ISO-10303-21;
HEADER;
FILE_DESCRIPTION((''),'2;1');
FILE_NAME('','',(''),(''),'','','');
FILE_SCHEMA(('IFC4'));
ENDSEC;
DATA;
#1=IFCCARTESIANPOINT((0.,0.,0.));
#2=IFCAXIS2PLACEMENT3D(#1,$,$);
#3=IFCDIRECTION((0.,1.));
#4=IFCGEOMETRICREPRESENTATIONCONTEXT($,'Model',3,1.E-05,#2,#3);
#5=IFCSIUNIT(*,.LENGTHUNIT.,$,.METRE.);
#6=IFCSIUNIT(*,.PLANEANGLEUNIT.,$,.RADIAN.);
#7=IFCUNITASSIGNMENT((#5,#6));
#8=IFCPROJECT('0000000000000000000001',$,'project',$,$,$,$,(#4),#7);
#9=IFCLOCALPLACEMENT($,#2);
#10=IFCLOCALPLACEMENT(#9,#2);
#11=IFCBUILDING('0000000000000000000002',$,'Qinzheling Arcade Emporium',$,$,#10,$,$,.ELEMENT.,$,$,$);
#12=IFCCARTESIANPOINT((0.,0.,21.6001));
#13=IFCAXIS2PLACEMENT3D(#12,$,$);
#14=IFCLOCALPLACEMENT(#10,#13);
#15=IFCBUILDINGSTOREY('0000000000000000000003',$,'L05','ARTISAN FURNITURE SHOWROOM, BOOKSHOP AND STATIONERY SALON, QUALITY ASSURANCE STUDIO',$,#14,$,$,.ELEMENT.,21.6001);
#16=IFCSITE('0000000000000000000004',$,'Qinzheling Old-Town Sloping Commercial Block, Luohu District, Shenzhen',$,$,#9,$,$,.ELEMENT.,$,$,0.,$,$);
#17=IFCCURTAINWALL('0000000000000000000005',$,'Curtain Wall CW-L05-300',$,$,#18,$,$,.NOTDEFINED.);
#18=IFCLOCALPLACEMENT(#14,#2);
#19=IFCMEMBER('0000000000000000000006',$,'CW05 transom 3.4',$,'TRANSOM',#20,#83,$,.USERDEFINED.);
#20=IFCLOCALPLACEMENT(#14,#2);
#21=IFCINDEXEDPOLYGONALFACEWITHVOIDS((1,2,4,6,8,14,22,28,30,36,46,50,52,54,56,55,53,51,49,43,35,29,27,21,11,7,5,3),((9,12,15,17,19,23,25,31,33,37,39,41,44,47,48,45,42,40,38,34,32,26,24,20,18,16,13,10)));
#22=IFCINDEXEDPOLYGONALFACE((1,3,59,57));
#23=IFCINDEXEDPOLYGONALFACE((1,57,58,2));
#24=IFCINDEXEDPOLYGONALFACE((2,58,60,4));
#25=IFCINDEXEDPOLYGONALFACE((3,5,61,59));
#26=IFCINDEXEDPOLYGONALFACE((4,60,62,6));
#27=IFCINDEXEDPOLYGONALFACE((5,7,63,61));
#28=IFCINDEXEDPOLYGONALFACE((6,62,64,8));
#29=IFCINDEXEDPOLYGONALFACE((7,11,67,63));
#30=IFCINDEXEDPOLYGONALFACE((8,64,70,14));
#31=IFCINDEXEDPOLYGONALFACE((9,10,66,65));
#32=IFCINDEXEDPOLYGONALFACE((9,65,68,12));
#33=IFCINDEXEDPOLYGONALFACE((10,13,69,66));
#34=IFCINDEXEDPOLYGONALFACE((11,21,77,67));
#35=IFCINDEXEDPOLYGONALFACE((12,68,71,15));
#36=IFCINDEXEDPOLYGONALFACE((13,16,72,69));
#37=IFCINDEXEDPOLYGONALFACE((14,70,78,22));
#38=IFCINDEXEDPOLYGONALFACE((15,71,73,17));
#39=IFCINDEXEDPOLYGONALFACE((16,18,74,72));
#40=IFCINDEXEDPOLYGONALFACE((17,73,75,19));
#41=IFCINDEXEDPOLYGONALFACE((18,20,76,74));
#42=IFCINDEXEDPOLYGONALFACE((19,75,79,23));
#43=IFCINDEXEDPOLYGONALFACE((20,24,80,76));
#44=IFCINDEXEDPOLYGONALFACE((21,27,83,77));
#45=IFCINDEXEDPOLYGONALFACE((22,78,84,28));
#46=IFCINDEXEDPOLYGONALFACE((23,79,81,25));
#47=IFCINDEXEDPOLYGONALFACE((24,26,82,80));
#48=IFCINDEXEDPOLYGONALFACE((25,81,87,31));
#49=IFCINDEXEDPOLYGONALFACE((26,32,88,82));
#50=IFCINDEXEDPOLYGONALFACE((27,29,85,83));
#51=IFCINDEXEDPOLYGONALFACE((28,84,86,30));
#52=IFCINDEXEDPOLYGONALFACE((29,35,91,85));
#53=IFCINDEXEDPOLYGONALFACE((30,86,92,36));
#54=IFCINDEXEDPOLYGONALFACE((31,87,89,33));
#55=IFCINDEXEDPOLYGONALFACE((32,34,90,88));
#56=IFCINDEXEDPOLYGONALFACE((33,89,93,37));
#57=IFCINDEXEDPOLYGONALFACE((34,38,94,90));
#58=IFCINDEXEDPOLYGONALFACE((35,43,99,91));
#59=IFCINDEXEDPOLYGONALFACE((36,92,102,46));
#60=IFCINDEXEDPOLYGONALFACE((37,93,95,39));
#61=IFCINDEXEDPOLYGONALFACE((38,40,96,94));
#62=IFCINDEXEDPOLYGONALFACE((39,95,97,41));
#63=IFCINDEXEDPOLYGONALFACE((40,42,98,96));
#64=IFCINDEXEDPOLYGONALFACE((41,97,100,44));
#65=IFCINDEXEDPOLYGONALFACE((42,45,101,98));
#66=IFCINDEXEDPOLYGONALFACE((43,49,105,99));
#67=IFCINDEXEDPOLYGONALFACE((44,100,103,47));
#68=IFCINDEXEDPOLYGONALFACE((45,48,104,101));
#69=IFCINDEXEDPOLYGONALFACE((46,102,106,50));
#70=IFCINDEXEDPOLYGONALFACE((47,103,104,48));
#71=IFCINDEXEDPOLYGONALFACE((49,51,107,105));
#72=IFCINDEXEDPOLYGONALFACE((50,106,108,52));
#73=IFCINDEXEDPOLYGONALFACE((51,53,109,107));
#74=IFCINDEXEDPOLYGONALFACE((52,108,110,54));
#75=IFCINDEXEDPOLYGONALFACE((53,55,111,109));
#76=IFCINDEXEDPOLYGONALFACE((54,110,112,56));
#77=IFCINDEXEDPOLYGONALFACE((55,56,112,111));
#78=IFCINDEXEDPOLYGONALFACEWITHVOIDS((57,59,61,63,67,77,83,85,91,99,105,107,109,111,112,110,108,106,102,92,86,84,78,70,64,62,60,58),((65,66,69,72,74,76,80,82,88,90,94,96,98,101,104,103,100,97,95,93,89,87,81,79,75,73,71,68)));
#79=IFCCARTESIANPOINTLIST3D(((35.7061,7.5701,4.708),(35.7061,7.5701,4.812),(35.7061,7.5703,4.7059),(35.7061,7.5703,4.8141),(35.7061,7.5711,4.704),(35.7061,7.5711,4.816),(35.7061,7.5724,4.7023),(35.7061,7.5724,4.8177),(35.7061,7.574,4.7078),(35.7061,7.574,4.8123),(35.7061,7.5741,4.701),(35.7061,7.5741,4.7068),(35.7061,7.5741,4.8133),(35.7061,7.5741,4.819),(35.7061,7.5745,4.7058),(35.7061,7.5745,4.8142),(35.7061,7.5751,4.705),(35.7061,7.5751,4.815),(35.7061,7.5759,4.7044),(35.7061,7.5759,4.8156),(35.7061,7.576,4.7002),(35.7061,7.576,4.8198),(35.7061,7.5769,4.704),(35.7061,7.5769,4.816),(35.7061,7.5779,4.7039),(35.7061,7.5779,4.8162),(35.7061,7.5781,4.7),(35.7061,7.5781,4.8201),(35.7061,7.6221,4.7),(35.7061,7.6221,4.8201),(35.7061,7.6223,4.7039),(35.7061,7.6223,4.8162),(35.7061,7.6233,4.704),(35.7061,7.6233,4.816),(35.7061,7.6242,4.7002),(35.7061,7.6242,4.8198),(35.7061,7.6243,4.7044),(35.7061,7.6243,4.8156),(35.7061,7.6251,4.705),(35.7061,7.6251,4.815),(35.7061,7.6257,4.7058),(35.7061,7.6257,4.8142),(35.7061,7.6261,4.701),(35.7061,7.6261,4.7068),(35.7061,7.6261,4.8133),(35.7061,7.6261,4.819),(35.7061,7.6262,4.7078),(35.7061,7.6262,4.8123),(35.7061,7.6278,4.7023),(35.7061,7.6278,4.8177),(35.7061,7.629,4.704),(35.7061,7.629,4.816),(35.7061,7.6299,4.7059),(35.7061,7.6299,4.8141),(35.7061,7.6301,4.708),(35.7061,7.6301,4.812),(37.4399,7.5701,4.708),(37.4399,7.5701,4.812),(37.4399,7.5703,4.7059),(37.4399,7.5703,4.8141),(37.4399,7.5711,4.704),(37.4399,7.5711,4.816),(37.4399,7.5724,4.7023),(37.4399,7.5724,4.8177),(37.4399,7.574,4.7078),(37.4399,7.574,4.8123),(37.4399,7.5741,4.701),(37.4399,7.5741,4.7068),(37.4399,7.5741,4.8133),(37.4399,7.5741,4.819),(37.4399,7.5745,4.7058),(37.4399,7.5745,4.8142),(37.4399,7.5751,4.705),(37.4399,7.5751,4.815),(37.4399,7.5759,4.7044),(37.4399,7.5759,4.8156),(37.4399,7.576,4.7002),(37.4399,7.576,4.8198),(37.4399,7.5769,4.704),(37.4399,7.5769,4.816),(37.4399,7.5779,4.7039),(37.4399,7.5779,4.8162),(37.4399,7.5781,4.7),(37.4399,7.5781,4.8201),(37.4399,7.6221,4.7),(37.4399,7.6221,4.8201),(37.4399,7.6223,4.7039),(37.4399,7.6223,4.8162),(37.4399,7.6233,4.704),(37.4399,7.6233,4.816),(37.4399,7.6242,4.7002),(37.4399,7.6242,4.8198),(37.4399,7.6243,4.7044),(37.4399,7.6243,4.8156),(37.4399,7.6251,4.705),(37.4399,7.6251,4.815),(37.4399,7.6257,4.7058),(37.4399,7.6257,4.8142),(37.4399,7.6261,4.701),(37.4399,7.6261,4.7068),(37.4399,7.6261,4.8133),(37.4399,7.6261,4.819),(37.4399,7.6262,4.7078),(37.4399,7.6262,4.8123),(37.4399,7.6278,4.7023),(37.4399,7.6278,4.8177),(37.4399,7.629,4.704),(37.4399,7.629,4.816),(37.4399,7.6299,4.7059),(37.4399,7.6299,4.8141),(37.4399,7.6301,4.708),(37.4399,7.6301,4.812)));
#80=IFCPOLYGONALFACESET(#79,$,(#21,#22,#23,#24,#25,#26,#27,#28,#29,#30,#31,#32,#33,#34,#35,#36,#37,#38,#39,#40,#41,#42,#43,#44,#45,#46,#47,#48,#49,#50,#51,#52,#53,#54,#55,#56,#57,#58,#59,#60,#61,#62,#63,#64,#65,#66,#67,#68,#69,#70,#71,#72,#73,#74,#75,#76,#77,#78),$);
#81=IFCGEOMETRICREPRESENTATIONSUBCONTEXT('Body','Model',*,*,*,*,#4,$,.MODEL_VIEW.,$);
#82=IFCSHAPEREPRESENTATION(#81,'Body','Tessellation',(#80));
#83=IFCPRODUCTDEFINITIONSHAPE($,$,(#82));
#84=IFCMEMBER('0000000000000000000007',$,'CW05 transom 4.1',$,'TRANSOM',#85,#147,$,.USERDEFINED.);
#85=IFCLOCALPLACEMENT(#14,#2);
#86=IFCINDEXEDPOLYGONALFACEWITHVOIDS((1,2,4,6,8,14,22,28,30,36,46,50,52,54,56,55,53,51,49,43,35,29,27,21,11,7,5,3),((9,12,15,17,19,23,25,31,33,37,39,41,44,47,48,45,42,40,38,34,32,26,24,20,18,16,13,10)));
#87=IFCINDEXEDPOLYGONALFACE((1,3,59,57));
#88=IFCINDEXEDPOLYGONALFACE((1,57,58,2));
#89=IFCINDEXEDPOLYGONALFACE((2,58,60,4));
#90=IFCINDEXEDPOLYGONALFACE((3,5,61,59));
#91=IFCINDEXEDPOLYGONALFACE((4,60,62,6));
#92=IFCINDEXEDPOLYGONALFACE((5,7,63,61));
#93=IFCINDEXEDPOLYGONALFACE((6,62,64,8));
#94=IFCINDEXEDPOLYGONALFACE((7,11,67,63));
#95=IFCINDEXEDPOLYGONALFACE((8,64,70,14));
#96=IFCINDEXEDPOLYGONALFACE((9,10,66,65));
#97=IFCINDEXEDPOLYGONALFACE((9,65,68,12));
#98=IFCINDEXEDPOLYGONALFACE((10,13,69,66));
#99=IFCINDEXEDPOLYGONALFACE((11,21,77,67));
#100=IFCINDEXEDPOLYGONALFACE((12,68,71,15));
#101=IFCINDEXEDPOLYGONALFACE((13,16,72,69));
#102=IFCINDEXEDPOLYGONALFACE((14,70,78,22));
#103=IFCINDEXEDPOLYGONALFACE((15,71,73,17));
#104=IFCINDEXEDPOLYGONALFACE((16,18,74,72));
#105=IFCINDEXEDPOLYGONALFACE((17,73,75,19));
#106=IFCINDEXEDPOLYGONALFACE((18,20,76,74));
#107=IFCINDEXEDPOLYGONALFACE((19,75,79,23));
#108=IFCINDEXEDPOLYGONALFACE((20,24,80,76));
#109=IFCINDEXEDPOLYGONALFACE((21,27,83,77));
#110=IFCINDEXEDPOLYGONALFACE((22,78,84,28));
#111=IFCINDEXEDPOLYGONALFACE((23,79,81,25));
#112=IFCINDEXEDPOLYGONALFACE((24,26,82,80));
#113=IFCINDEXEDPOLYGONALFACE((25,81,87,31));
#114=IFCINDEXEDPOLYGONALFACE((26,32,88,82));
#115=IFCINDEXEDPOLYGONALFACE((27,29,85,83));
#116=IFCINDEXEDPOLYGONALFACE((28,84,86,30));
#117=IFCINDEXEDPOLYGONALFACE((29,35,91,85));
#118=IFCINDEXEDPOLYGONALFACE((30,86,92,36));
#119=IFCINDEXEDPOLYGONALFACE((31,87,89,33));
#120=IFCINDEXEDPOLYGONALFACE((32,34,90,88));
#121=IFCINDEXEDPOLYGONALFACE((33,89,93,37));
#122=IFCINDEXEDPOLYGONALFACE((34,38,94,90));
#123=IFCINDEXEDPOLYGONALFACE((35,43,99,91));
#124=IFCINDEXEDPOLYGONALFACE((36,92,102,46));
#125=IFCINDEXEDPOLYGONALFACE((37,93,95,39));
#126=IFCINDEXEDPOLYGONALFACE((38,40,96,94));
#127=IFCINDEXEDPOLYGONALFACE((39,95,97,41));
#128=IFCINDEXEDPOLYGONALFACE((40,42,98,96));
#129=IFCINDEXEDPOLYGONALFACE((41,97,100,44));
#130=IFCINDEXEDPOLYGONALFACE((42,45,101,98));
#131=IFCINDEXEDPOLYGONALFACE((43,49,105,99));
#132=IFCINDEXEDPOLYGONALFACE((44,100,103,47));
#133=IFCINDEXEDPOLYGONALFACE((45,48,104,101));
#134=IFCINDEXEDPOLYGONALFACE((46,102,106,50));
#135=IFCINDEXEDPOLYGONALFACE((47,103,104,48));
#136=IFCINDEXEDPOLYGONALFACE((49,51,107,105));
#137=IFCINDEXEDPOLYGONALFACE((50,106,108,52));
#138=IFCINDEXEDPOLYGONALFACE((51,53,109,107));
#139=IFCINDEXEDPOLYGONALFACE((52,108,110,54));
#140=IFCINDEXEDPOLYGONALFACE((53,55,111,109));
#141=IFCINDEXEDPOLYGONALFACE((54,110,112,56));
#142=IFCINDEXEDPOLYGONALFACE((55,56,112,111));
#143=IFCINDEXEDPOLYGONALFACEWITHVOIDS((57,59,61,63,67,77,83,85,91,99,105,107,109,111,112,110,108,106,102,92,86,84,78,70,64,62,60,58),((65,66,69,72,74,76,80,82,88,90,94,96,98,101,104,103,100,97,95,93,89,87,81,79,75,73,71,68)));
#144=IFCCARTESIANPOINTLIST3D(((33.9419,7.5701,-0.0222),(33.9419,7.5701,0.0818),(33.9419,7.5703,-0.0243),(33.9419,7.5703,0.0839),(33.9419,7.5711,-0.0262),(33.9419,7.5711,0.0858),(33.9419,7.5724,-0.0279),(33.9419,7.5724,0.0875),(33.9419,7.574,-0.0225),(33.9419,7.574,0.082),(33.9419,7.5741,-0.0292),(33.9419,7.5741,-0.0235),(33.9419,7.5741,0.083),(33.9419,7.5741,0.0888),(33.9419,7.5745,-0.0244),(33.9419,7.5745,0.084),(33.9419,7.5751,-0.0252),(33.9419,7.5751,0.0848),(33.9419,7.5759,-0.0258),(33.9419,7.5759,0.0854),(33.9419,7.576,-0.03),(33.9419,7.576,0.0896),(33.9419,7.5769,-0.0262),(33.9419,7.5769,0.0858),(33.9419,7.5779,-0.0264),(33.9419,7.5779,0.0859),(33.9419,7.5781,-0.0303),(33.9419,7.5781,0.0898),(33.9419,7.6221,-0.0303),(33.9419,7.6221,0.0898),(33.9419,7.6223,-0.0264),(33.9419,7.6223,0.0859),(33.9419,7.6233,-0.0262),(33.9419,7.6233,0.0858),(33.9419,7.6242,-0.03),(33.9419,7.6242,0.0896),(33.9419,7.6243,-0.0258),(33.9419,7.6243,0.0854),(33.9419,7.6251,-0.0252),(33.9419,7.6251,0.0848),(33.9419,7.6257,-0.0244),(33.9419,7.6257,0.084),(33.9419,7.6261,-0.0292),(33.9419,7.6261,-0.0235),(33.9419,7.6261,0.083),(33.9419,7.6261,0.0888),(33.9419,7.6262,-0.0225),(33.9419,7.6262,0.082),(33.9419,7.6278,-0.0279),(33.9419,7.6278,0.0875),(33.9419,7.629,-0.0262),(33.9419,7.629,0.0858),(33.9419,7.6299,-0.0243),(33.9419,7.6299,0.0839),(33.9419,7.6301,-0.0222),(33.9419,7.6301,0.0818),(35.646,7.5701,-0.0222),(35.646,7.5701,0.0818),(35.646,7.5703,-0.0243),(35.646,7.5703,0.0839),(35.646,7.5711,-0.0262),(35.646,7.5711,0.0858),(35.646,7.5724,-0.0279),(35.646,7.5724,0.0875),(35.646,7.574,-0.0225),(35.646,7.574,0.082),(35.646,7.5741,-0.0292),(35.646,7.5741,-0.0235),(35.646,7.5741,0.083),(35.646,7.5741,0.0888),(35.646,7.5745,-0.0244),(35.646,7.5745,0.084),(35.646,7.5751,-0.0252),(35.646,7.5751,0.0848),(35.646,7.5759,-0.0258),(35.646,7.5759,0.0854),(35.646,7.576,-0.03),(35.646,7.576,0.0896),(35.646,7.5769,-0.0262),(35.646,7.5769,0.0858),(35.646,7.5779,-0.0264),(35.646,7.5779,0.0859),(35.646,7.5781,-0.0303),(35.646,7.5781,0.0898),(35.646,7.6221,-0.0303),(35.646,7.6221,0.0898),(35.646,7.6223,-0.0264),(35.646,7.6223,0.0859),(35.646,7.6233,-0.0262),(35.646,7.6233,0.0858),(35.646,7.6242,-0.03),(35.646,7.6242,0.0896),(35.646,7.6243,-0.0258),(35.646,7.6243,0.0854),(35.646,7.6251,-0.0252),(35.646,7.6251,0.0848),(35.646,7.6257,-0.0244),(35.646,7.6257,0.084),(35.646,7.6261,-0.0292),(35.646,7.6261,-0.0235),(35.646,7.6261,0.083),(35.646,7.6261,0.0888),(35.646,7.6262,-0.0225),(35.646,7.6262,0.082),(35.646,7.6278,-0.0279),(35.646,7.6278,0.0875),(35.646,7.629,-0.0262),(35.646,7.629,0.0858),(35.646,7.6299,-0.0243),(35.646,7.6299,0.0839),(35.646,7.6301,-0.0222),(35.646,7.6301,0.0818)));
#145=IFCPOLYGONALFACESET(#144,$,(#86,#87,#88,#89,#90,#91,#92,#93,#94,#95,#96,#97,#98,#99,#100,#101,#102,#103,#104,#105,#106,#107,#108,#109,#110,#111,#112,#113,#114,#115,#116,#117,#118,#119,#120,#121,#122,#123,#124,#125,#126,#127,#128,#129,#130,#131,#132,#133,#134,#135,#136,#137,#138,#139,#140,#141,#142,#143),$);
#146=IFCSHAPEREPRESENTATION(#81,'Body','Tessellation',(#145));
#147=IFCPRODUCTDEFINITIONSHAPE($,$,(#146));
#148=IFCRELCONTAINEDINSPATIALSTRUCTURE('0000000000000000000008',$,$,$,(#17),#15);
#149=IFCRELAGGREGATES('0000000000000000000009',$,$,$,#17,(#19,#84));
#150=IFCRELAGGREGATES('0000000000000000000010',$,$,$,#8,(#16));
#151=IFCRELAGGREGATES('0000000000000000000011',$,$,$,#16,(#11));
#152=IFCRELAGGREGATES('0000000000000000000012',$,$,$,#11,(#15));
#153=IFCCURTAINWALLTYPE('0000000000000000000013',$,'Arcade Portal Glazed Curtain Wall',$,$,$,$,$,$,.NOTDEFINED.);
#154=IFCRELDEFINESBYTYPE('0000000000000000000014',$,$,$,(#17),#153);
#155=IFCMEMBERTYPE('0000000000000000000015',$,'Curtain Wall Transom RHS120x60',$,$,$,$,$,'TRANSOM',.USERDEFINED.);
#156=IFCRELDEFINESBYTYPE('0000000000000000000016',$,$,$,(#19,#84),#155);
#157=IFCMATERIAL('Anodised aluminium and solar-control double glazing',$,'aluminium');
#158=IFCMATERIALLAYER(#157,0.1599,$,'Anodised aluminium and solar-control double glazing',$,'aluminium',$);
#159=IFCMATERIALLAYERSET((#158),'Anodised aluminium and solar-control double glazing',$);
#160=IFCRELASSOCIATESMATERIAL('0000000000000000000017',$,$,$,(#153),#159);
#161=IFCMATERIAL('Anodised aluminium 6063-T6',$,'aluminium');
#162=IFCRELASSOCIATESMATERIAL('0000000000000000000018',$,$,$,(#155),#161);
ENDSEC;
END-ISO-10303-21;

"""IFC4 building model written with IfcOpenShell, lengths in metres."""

from ifc_helpers import new_model, si_unit, direction, frame, origin, origin_2d, place, context, subcontext, project, spatial, hollow_rectangle, extrude, material, layer, layer_set, material_profile, profile_set, type_object, element, aggregate, save


model = new_model("IFC4")

# Units and contexts
model_context = context("Model", 3, precision=1e-05, world=origin(), true_north=direction((0.0, 1.0)))
body_context = subcontext(model_context, "Body", "Model", "MODEL_VIEW")
ifc_project = project(units=[si_unit("LENGTHUNIT", "METRE"), si_unit("PLANEANGLEUNIT", "RADIAN")], contexts=[model_context])

# Site, building, storey
site_placement = place(None, origin())
site = spatial("IfcSite", under=ifc_project, at=site_placement, Name="Qinzheling Old-Town Sloping Commercial Block, Luohu District, Shenzhen", CompositionType="ELEMENT", RefElevation=0.0)
building_placement = place(site_placement, origin())
building = spatial("IfcBuilding", under=site, at=building_placement, Name="Qinzheling Arcade Emporium", CompositionType="ELEMENT")
storey_placement = place(building_placement, frame((0.0, 0.0, 21.6001)))
storey = spatial("IfcBuildingStorey", under=building, at=storey_placement, Name="L05", Description="ARTISAN FURNITURE SHOWROOM, BOOKSHOP AND STATIONERY SALON, QUALITY ASSURANCE STUDIO", CompositionType="ELEMENT", Elevation=21.6001)

# Shared definitions
ifc_material_1 = material(Name="Anodised aluminium and solar-control double glazing", Category="aluminium")
ifc_layer_1 = layer(ifc_material_1, 0.1599, Name="Anodised aluminium and solar-control double glazing", Category="aluminium")
ifc_layer_set_1 = layer_set([ifc_layer_1], Name="Anodised aluminium and solar-control double glazing")
curtain_wall_type = type_object("IfcCurtainWallType", Name="Arcade Portal Glazed Curtain Wall", PredefinedType="NOTDEFINED", material=ifc_layer_set_1)
ifc_material_2 = material(Name="Anodised aluminium 6063-T6", Category="aluminium")

# Curtain wall, members
curtain_wall_1_placement = place(storey_placement, origin())
curtain_wall_1 = element("IfcCurtainWall", 1, at=curtain_wall_1_placement, inside=storey, type_object=curtain_wall_type, Name="Curtain Wall CW-L05-300", PredefinedType="NOTDEFINED")
ifc_material_profile_1 = material_profile(ifc_material_2, hollow_rectangle(XDim=0.0601, YDim=0.1201, WallThickness=0.0039, InnerFilletRadius=0.0039, OuterFilletRadius=0.0081, at=origin_2d()), Name="RHS 120x60x4", Category="aluminium")
ifc_profile_set_1 = profile_set([ifc_material_profile_1], Name="Anodised aluminium 6063-T6")
member_type_1 = type_object("IfcMemberType", Name="Curtain Wall Transom RHS120x60", ElementType="TRANSOM", PredefinedType="USERDEFINED", material=ifc_profile_set_1)
member_1_placement = place(storey_placement, frame((37.4399, 7.6001, 4.76), z_axis=(-1.0, 0.0, 0.0), x_axis=(0.0, -1.0, 0.0)))
member_1 = element("IfcMember", 2, at=member_1_placement, type_object=member_type_1, Name="CW05 transom 3.4", ObjectType="TRANSOM", PredefinedType="USERDEFINED", context=body_context, shape_type="SweptSolid", body=[
    extrude(hollow_rectangle(XDim=0.0601, YDim=0.1201, WallThickness=0.0039, InnerFilletRadius=0.0039, OuterFilletRadius=0.0081, at=origin_2d()), origin(), (0.0, 0.0, 1.0), 1.7339),
])
member_2_placement = place(storey_placement, frame((35.646, 7.6001, 0.0298), z_axis=(-1.0, 0.0, 0.0), x_axis=(0.0, -1.0, 0.0)))
member_2 = element("IfcMember", 3, at=member_2_placement, type_object=member_type_1, Name="CW05 transom 4.1", ObjectType="TRANSOM", PredefinedType="USERDEFINED", context=body_context, shape_type="SweptSolid", body=[
    extrude(hollow_rectangle(XDim=0.0601, YDim=0.1201, WallThickness=0.0039, InnerFilletRadius=0.0039, OuterFilletRadius=0.0081, at=origin_2d()), origin(), (0.0, 0.0, 1.0), 1.7041),
])
aggregate(curtain_wall_1, [member_1, member_2])

save(model, "model.ifc")
